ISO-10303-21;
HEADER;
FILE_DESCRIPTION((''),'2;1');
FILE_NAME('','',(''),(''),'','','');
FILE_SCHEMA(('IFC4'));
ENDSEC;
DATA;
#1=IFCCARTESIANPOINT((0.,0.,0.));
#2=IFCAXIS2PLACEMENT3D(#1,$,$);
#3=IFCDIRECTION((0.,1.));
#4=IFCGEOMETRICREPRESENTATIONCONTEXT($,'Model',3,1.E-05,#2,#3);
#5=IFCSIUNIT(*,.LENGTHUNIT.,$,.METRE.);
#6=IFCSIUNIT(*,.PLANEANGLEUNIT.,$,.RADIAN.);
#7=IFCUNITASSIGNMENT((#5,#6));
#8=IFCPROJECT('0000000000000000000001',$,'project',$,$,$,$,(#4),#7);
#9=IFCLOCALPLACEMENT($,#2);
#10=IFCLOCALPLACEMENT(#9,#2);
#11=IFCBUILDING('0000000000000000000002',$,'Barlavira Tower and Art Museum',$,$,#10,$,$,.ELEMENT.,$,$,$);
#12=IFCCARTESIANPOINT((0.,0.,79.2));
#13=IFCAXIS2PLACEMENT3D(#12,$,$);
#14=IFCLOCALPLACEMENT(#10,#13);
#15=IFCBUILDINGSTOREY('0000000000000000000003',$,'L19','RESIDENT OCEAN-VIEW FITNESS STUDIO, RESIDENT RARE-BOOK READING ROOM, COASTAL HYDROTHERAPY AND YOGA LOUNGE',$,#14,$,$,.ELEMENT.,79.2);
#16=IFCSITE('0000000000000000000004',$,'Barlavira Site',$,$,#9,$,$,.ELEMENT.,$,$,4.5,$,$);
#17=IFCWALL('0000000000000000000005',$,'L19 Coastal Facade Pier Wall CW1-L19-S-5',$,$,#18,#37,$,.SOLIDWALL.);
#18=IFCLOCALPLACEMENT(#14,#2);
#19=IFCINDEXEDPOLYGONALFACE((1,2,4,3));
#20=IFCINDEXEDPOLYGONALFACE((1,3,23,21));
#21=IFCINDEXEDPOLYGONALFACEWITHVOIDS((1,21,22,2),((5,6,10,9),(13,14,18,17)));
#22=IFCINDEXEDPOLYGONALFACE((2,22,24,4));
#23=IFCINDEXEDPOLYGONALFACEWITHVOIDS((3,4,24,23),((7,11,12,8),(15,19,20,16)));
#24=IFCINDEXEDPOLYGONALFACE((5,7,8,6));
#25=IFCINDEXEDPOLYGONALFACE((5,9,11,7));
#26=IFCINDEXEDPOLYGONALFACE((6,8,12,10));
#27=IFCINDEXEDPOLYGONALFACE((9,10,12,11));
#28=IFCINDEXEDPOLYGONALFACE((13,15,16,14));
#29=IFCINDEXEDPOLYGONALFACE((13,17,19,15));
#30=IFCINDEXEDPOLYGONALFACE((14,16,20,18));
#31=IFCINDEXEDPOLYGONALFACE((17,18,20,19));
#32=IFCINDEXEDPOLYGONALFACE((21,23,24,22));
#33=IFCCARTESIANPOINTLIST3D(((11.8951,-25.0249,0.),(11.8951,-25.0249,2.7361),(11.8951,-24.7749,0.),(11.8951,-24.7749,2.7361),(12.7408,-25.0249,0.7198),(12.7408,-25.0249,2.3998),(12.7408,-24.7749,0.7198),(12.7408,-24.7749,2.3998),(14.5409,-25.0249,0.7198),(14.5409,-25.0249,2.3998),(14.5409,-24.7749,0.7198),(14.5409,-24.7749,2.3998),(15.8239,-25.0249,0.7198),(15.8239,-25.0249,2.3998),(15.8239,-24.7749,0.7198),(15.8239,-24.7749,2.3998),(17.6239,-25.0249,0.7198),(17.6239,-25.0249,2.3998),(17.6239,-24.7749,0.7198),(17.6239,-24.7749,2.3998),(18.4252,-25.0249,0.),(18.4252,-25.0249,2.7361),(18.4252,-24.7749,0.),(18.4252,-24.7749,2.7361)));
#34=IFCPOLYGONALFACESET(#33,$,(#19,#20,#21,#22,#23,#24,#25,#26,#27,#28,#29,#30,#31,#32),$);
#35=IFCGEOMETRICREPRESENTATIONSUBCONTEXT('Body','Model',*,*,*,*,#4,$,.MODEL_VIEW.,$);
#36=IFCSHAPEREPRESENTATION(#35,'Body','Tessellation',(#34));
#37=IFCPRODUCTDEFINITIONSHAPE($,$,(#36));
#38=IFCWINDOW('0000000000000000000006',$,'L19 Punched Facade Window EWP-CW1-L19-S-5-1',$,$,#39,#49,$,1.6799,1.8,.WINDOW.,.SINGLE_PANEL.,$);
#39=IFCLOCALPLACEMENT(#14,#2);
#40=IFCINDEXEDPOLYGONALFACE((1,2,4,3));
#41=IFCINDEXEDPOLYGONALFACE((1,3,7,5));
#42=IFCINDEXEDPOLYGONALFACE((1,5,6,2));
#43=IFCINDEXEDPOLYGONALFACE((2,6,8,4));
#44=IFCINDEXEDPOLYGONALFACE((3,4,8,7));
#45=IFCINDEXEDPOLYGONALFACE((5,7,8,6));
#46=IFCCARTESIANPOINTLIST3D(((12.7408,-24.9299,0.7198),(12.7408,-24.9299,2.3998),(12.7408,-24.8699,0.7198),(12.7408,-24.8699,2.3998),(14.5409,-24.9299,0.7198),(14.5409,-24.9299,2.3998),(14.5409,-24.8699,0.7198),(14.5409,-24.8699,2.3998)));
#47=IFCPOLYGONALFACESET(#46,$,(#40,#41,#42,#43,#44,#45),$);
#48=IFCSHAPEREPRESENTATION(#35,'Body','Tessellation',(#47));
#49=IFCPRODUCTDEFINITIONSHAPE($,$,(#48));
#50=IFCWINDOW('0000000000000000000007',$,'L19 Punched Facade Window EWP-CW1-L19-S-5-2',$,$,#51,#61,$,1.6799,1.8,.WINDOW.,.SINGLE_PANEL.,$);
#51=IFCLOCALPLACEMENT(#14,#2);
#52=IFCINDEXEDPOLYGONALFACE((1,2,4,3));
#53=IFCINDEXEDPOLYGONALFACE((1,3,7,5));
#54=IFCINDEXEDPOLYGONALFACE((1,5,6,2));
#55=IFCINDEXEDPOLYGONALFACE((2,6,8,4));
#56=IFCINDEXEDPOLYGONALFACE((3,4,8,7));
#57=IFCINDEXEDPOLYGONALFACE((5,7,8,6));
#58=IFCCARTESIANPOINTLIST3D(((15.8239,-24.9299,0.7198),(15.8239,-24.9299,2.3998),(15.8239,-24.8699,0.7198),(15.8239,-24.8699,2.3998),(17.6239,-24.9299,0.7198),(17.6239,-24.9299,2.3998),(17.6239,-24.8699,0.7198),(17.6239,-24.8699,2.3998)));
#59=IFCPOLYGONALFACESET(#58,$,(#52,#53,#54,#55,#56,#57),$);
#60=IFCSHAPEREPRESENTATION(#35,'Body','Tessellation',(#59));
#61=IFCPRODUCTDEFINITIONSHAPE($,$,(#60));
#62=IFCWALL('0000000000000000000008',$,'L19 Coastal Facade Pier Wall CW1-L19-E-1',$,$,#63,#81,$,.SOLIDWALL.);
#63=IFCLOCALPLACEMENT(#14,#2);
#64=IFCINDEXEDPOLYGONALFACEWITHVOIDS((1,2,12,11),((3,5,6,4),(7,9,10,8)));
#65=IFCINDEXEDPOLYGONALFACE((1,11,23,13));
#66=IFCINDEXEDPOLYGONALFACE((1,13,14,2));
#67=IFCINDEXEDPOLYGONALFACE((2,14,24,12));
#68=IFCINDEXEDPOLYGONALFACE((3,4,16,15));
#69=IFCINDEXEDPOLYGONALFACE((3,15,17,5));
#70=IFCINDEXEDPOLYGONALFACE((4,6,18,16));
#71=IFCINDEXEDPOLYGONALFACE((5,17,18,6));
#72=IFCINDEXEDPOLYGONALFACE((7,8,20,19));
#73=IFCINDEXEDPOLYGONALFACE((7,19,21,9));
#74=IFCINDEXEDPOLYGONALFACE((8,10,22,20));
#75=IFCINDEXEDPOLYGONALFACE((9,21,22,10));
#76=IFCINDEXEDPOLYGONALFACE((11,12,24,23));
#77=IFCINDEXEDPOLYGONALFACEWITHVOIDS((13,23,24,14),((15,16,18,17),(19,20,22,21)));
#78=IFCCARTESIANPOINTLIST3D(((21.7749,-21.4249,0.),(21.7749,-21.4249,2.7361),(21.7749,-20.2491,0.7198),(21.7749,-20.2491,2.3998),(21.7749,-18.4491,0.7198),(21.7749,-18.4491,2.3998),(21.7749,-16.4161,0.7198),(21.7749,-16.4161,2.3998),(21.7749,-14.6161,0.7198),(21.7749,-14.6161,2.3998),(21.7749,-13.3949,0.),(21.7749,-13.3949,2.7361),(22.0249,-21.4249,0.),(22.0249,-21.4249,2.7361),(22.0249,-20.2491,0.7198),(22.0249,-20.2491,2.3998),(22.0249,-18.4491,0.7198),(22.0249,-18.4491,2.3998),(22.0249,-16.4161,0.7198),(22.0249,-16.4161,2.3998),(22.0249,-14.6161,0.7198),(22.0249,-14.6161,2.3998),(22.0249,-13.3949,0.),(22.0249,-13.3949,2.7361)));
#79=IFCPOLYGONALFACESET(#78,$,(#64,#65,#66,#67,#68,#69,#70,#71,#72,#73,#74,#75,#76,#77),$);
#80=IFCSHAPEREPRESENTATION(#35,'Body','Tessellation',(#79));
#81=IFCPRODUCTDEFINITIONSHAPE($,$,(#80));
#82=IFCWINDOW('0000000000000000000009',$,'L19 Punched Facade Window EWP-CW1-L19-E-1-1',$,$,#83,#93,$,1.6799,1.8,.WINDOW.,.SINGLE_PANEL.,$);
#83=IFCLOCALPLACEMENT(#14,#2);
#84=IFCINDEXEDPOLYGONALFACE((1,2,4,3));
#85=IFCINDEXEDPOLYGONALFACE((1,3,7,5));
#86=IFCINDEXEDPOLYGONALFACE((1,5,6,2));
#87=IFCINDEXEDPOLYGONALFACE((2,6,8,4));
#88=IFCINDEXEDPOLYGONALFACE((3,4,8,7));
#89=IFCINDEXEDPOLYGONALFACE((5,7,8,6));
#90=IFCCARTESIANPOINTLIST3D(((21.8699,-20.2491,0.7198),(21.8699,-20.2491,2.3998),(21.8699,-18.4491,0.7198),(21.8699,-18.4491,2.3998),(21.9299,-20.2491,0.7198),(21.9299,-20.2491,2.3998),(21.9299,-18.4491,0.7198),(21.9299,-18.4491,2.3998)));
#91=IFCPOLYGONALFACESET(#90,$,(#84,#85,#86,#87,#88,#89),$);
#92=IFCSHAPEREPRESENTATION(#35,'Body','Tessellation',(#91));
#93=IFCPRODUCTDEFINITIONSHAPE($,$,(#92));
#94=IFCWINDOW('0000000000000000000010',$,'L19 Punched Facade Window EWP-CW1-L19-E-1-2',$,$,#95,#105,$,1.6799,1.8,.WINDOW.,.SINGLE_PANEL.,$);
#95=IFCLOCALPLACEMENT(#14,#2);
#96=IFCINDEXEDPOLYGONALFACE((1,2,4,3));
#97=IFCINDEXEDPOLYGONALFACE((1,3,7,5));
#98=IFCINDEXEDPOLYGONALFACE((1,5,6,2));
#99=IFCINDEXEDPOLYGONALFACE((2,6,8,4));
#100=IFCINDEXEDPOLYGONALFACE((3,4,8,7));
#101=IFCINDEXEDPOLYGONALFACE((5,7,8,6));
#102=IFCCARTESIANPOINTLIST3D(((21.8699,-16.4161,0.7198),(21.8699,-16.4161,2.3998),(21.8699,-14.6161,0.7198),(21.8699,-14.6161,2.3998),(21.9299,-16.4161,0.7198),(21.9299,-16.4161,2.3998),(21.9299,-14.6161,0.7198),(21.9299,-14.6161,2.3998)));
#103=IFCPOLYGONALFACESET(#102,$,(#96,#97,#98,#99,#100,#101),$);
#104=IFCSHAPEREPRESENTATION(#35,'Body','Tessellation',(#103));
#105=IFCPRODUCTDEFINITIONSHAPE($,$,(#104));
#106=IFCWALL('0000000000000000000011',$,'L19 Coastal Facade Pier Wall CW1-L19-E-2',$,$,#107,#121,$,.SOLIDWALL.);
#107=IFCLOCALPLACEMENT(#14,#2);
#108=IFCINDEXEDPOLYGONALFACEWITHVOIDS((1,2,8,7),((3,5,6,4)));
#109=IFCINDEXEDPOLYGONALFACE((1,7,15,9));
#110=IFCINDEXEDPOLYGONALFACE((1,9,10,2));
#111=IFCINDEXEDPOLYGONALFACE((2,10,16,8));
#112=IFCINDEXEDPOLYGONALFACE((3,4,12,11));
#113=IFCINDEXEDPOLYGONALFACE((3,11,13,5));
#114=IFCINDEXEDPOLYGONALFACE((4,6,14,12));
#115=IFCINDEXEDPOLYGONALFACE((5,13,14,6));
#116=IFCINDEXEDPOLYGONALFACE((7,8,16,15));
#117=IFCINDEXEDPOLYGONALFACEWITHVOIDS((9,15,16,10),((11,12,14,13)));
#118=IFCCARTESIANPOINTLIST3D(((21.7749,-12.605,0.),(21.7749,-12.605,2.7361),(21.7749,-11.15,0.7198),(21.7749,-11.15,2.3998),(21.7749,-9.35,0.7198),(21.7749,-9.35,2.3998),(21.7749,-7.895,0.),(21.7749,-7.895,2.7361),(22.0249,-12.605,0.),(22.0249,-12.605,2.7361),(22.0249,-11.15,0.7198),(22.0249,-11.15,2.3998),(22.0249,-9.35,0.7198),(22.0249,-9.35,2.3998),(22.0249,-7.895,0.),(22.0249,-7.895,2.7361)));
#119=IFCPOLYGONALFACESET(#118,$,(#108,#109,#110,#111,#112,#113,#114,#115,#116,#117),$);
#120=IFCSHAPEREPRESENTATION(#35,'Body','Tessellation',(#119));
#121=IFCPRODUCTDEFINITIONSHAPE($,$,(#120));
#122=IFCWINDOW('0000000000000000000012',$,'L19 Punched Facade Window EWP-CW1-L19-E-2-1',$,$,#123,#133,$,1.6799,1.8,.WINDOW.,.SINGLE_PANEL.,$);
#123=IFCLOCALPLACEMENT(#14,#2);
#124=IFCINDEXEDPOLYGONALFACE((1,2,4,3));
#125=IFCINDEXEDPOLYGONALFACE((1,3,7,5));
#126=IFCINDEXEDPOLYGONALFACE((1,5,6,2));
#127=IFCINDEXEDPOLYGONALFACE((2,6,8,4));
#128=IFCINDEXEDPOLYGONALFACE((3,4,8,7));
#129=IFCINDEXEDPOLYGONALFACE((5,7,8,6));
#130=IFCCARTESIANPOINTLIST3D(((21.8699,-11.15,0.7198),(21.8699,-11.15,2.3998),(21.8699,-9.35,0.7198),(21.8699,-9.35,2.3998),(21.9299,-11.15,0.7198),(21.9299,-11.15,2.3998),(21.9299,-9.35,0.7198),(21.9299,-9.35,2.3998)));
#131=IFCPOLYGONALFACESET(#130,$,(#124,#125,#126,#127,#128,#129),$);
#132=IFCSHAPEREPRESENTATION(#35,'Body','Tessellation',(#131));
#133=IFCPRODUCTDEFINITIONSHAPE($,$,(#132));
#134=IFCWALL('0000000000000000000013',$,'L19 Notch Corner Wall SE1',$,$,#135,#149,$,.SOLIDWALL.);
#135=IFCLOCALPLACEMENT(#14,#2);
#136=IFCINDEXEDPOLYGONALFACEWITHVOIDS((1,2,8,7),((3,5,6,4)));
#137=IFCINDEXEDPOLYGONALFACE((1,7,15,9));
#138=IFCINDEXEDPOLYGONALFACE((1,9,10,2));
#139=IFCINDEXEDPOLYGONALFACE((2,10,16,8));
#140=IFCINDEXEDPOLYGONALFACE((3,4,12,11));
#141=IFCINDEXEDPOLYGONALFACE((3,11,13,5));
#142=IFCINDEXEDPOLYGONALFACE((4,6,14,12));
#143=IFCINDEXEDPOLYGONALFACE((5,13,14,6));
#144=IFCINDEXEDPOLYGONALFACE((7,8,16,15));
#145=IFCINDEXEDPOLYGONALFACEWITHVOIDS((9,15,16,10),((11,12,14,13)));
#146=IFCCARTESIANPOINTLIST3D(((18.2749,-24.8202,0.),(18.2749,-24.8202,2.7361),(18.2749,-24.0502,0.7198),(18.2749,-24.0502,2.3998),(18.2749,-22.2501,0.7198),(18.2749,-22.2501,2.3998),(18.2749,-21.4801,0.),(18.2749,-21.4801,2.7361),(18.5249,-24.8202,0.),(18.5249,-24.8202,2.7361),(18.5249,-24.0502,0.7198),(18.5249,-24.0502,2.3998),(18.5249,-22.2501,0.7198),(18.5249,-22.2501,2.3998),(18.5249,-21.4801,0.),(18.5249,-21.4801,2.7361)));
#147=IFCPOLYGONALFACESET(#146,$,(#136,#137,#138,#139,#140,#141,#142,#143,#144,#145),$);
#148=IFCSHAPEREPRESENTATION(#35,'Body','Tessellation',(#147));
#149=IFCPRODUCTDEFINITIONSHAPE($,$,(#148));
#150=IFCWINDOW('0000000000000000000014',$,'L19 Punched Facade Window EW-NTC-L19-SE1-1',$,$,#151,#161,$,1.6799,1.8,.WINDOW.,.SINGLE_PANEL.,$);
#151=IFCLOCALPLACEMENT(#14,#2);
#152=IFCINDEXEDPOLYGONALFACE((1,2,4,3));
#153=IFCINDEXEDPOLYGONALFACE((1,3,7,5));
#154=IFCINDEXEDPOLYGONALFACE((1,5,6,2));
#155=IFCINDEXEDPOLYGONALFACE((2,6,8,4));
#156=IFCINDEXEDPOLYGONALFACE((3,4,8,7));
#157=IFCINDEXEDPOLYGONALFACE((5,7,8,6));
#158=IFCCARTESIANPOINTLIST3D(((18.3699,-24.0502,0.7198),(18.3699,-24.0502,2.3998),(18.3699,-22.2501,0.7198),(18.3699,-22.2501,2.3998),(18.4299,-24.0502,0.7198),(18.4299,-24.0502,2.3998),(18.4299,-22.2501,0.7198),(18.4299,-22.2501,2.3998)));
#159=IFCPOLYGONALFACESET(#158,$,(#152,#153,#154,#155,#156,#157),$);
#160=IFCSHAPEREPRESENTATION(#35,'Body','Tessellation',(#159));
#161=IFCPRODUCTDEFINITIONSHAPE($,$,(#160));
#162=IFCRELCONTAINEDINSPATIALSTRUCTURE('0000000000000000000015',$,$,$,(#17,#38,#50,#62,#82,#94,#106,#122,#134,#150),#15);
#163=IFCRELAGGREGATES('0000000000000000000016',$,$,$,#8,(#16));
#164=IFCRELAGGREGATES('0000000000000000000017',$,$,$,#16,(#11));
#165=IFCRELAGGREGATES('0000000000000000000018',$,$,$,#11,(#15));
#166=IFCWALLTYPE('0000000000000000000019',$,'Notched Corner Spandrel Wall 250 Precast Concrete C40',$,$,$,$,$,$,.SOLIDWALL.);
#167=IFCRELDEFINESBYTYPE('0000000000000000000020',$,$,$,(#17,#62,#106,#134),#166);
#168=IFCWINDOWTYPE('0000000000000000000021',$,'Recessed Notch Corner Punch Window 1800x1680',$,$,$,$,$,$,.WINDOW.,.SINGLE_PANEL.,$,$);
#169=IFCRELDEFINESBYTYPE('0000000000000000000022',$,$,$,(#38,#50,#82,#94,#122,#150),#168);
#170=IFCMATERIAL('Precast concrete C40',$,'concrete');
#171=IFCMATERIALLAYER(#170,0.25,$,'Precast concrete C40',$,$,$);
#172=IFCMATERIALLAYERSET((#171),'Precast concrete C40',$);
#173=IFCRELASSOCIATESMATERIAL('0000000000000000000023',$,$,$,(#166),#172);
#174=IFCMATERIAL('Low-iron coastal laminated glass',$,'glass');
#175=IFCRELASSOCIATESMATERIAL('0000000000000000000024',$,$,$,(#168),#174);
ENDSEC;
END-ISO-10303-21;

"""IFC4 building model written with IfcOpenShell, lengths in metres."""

from ifc_helpers import new_model, si_unit, direction, frame, frame_2d, origin, place, context, subcontext, project, spatial, rectangle, extrude, material, layer, layer_set, type_object, element, fill, save


model = new_model("IFC4")

# Units and contexts
model_context = context("Model", 3, precision=1e-05, world=origin(), true_north=direction((0.0, 1.0)))
body_context = subcontext(model_context, "Body", "Model", "MODEL_VIEW")
ifc_project = project(units=[si_unit("LENGTHUNIT", "METRE"), si_unit("PLANEANGLEUNIT", "RADIAN")], contexts=[model_context])

# Site, building, storey
site_placement = place(None, origin())
site = spatial("IfcSite", under=ifc_project, at=site_placement, Name="Barlavira Site", CompositionType="ELEMENT", RefElevation=4.5)
building_placement = place(site_placement, origin())
building = spatial("IfcBuilding", under=site, at=building_placement, Name="Barlavira Tower and Art Museum", CompositionType="ELEMENT")
storey_placement = place(building_placement, frame((0.0, 0.0, 79.2)))
storey = spatial("IfcBuildingStorey", under=building, at=storey_placement, Name="L19", Description="RESIDENT OCEAN-VIEW FITNESS STUDIO, RESIDENT RARE-BOOK READING ROOM, COASTAL HYDROTHERAPY AND YOGA LOUNGE", CompositionType="ELEMENT", Elevation=79.2)

# Walls, openings, windows
ifc_material_1 = material(Name="Precast concrete C40", Category="concrete")
ifc_layer_1 = layer(ifc_material_1, 0.25, Name="Precast concrete C40")
ifc_layer_set_1 = layer_set([ifc_layer_1], Name="Precast concrete C40")
wall_type_1 = type_object("IfcWallType", Name="Notched Corner Spandrel Wall 250 Precast Concrete C40", PredefinedType="SOLIDWALL", material=ifc_layer_set_1)
wall_1_placement = place(storey_placement, frame((11.895, -24.8999, 0.0), z_axis=(0.0, 0.0, 1.0), x_axis=(1.0, 0.0, 0.0)))
wall_1 = element("IfcWall", 1, at=wall_1_placement, inside=storey, type_object=wall_type_1, Name="L19 Coastal Facade Pier Wall CW1-L19-S-5", PredefinedType="SOLIDWALL", context=body_context, shape_type="SweptSolid", body=[
    extrude(rectangle(XDim=6.53, YDim=0.25, at=frame_2d((3.2651, 0.0))), origin(), (0.0, 0.0, 1.0), 2.7361),
])
opening_1_placement = place(wall_1_placement, frame((0.8459, 0.0, 0.72)))
opening_1 = element("IfcOpeningElement", 2, at=opening_1_placement, cuts=wall_1, PredefinedType="OPENING", context=body_context, shape_type="SweptSolid", body=[
    extrude(rectangle(XDim=1.8, YDim=1.6799, at=frame_2d((0.8999, 0.8398))), frame((0.0, 0.135, 0.0), z_axis=(0.0, -1.0, 0.0), x_axis=(1.0, 0.0, 0.0)), (0.0, 0.0, 1.0), 0.27),
])
opening_2_placement = place(wall_1_placement, frame((3.929, 0.0, 0.72)))
opening_2 = element("IfcOpeningElement", 3, at=opening_2_placement, cuts=wall_1, PredefinedType="OPENING", context=body_context, shape_type="SweptSolid", body=[
    extrude(rectangle(XDim=1.8, YDim=1.6799, at=frame_2d((0.8999, 0.8398))), frame((0.0, 0.135, 0.0), z_axis=(0.0, -1.0, 0.0), x_axis=(1.0, 0.0, 0.0)), (0.0, 0.0, 1.0), 0.27),
])
ifc_material_2 = material(Name="Low-iron coastal laminated glass", Category="glass")
window_type = type_object("IfcWindowType", Name="Recessed Notch Corner Punch Window 1800x1680", PartitioningType="SINGLE_PANEL", PredefinedType="WINDOW", material=ifc_material_2)
window_1_placement = place(opening_1_placement, origin())
window_1 = element("IfcWindow", 4, at=window_1_placement, inside=storey, type_object=window_type, Name="L19 Punched Facade Window EWP-CW1-L19-S-5-1", OverallHeight=1.6799, OverallWidth=1.8, PartitioningType="SINGLE_PANEL", PredefinedType="WINDOW", context=body_context, shape_type="SweptSolid", body=[
    extrude(rectangle(XDim=1.8, YDim=1.6799, at=frame_2d((0.8999, 0.8398))), frame((0.0, 0.03, 0.0), z_axis=(0.0, -1.0, 0.0), x_axis=(1.0, 0.0, 0.0)), (0.0, 0.0, 1.0), 0.0601),
])
fill(opening_1, window_1)
window_2_placement = place(opening_2_placement, origin())
window_2 = element("IfcWindow", 5, at=window_2_placement, inside=storey, type_object=window_type, Name="L19 Punched Facade Window EWP-CW1-L19-S-5-2", OverallHeight=1.6799, OverallWidth=1.8, PartitioningType="SINGLE_PANEL", PredefinedType="WINDOW", context=body_context, shape_type="SweptSolid", body=[
    extrude(rectangle(XDim=1.8, YDim=1.6799, at=frame_2d((0.8999, 0.8398))), frame((0.0, 0.03, 0.0), z_axis=(0.0, -1.0, 0.0), x_axis=(1.0, 0.0, 0.0)), (0.0, 0.0, 1.0), 0.0601),
])
fill(opening_2, window_2)
wall_2_placement = place(storey_placement, frame((21.8999, -21.425, 0.0), z_axis=(0.0, 0.0, 1.0), x_axis=(0.0, 1.0, 0.0)))
wall_2 = element("IfcWall", 6, at=wall_2_placement, inside=storey, type_object=wall_type_1, Name="L19 Coastal Facade Pier Wall CW1-L19-E-1", PredefinedType="SOLIDWALL", context=body_context, shape_type="SweptSolid", body=[
    extrude(rectangle(XDim=8.03, YDim=0.25, at=frame_2d((4.0151, 0.0))), origin(), (0.0, 0.0, 1.0), 2.7361),
])
opening_3_placement = place(wall_2_placement, frame((1.176, 0.0, 0.72)))
opening_3 = element("IfcOpeningElement", 7, at=opening_3_placement, cuts=wall_2, PredefinedType="OPENING", context=body_context, shape_type="SweptSolid", body=[
    extrude(rectangle(XDim=1.8, YDim=1.6799, at=frame_2d((0.8999, 0.8398))), frame((0.0, 0.135, 0.0), z_axis=(0.0, -1.0, 0.0), x_axis=(1.0, 0.0, 0.0)), (0.0, 0.0, 1.0), 0.27),
])
opening_4_placement = place(wall_2_placement, frame((5.009, 0.0, 0.72)))
opening_4 = element("IfcOpeningElement", 8, at=opening_4_placement, cuts=wall_2, PredefinedType="OPENING", context=body_context, shape_type="SweptSolid", body=[
    extrude(rectangle(XDim=1.8, YDim=1.6799, at=frame_2d((0.8999, 0.8398))), frame((0.0, 0.135, 0.0), z_axis=(0.0, -1.0, 0.0), x_axis=(1.0, 0.0, 0.0)), (0.0, 0.0, 1.0), 0.27),
])
window_3_placement = place(opening_3_placement, origin())
window_3 = element("IfcWindow", 9, at=window_3_placement, inside=storey, type_object=window_type, Name="L19 Punched Facade Window EWP-CW1-L19-E-1-1", OverallHeight=1.6799, OverallWidth=1.8, PartitioningType="SINGLE_PANEL", PredefinedType="WINDOW", context=body_context, shape_type="SweptSolid", body=[
    extrude(rectangle(XDim=1.8, YDim=1.6799, at=frame_2d((0.8999, 0.8398))), frame((0.0, 0.03, 0.0), z_axis=(0.0, -1.0, 0.0), x_axis=(1.0, 0.0, 0.0)), (0.0, 0.0, 1.0), 0.0601),
])
fill(opening_3, window_3)
window_4_placement = place(opening_4_placement, origin())
window_4 = element("IfcWindow", 10, at=window_4_placement, inside=storey, type_object=window_type, Name="L19 Punched Facade Window EWP-CW1-L19-E-1-2", OverallHeight=1.6799, OverallWidth=1.8, PartitioningType="SINGLE_PANEL", PredefinedType="WINDOW", context=body_context, shape_type="SweptSolid", body=[
    extrude(rectangle(XDim=1.8, YDim=1.6799, at=frame_2d((0.8999, 0.8398))), frame((0.0, 0.03, 0.0), z_axis=(0.0, -1.0, 0.0), x_axis=(1.0, 0.0, 0.0)), (0.0, 0.0, 1.0), 0.0601),
])
fill(opening_4, window_4)

# Walls, openings, windows
wall_3_placement = place(storey_placement, frame((21.8999, -12.605, 0.0), z_axis=(0.0, 0.0, 1.0), x_axis=(0.0, 1.0, 0.0)))
wall_3 = element("IfcWall", 11, at=wall_3_placement, inside=storey, type_object=wall_type_1, Name="L19 Coastal Facade Pier Wall CW1-L19-E-2", PredefinedType="SOLIDWALL", context=body_context, shape_type="SweptSolid", body=[
    extrude(rectangle(XDim=4.71, YDim=0.25, at=frame_2d((2.355, 0.0))), origin(), (0.0, 0.0, 1.0), 2.7361),
])
opening_5_placement = place(wall_3_placement, frame((1.4551, 0.0, 0.72)))
opening_5 = element("IfcOpeningElement", 12, at=opening_5_placement, cuts=wall_3, PredefinedType="OPENING", context=body_context, shape_type="SweptSolid", body=[
    extrude(rectangle(XDim=1.8, YDim=1.6799, at=frame_2d((0.8999, 0.8398))), frame((0.0, 0.135, 0.0), z_axis=(0.0, -1.0, 0.0), x_axis=(1.0, 0.0, 0.0)), (0.0, 0.0, 1.0), 0.27),
])
window_5_placement = place(opening_5_placement, origin())
window_5 = element("IfcWindow", 13, at=window_5_placement, inside=storey, type_object=window_type, Name="L19 Punched Facade Window EWP-CW1-L19-E-2-1", OverallHeight=1.6799, OverallWidth=1.8, PartitioningType="SINGLE_PANEL", PredefinedType="WINDOW", context=body_context, shape_type="SweptSolid", body=[
    extrude(rectangle(XDim=1.8, YDim=1.6799, at=frame_2d((0.8999, 0.8398))), frame((0.0, 0.03, 0.0), z_axis=(0.0, -1.0, 0.0), x_axis=(1.0, 0.0, 0.0)), (0.0, 0.0, 1.0), 0.0601),
])
fill(opening_5, window_5)
wall_4_placement = place(storey_placement, frame((18.3999, -24.8201, 0.0), z_axis=(0.0, 0.0, 1.0), x_axis=(0.0, 1.0, 0.0)))
wall_4 = element("IfcWall", 14, at=wall_4_placement, inside=storey, type_object=wall_type_1, Name="L19 Notch Corner Wall SE1", PredefinedType="SOLIDWALL", context=body_context, shape_type="SweptSolid", body=[
    extrude(rectangle(XDim=3.3401, YDim=0.25, at=frame_2d((1.6699, 0.0))), origin(), (0.0, 0.0, 1.0), 2.7361),
])
opening_6_placement = place(wall_4_placement, frame((0.77, 0.0, 0.72)))
opening_6 = element("IfcOpeningElement", 15, at=opening_6_placement, cuts=wall_4, PredefinedType="OPENING", context=body_context, shape_type="SweptSolid", body=[
    extrude(rectangle(XDim=1.8, YDim=1.6799, at=frame_2d((0.8999, 0.8398))), frame((0.0, 0.135, 0.0), z_axis=(0.0, -1.0, 0.0), x_axis=(1.0, 0.0, 0.0)), (0.0, 0.0, 1.0), 0.27),
])
window_6_placement = place(opening_6_placement, origin())
window_6 = element("IfcWindow", 16, at=window_6_placement, inside=storey, type_object=window_type, Name="L19 Punched Facade Window EW-NTC-L19-SE1-1", OverallHeight=1.6799, OverallWidth=1.8, PartitioningType="SINGLE_PANEL", PredefinedType="WINDOW", context=body_context, shape_type="SweptSolid", body=[
    extrude(rectangle(XDim=1.8, YDim=1.6799, at=frame_2d((0.8999, 0.8398))), frame((0.0, 0.03, 0.0), z_axis=(0.0, -1.0, 0.0), x_axis=(1.0, 0.0, 0.0)), (0.0, 0.0, 1.0), 0.0601),
])
fill(opening_6, window_6)

save(model, "model.ifc")
